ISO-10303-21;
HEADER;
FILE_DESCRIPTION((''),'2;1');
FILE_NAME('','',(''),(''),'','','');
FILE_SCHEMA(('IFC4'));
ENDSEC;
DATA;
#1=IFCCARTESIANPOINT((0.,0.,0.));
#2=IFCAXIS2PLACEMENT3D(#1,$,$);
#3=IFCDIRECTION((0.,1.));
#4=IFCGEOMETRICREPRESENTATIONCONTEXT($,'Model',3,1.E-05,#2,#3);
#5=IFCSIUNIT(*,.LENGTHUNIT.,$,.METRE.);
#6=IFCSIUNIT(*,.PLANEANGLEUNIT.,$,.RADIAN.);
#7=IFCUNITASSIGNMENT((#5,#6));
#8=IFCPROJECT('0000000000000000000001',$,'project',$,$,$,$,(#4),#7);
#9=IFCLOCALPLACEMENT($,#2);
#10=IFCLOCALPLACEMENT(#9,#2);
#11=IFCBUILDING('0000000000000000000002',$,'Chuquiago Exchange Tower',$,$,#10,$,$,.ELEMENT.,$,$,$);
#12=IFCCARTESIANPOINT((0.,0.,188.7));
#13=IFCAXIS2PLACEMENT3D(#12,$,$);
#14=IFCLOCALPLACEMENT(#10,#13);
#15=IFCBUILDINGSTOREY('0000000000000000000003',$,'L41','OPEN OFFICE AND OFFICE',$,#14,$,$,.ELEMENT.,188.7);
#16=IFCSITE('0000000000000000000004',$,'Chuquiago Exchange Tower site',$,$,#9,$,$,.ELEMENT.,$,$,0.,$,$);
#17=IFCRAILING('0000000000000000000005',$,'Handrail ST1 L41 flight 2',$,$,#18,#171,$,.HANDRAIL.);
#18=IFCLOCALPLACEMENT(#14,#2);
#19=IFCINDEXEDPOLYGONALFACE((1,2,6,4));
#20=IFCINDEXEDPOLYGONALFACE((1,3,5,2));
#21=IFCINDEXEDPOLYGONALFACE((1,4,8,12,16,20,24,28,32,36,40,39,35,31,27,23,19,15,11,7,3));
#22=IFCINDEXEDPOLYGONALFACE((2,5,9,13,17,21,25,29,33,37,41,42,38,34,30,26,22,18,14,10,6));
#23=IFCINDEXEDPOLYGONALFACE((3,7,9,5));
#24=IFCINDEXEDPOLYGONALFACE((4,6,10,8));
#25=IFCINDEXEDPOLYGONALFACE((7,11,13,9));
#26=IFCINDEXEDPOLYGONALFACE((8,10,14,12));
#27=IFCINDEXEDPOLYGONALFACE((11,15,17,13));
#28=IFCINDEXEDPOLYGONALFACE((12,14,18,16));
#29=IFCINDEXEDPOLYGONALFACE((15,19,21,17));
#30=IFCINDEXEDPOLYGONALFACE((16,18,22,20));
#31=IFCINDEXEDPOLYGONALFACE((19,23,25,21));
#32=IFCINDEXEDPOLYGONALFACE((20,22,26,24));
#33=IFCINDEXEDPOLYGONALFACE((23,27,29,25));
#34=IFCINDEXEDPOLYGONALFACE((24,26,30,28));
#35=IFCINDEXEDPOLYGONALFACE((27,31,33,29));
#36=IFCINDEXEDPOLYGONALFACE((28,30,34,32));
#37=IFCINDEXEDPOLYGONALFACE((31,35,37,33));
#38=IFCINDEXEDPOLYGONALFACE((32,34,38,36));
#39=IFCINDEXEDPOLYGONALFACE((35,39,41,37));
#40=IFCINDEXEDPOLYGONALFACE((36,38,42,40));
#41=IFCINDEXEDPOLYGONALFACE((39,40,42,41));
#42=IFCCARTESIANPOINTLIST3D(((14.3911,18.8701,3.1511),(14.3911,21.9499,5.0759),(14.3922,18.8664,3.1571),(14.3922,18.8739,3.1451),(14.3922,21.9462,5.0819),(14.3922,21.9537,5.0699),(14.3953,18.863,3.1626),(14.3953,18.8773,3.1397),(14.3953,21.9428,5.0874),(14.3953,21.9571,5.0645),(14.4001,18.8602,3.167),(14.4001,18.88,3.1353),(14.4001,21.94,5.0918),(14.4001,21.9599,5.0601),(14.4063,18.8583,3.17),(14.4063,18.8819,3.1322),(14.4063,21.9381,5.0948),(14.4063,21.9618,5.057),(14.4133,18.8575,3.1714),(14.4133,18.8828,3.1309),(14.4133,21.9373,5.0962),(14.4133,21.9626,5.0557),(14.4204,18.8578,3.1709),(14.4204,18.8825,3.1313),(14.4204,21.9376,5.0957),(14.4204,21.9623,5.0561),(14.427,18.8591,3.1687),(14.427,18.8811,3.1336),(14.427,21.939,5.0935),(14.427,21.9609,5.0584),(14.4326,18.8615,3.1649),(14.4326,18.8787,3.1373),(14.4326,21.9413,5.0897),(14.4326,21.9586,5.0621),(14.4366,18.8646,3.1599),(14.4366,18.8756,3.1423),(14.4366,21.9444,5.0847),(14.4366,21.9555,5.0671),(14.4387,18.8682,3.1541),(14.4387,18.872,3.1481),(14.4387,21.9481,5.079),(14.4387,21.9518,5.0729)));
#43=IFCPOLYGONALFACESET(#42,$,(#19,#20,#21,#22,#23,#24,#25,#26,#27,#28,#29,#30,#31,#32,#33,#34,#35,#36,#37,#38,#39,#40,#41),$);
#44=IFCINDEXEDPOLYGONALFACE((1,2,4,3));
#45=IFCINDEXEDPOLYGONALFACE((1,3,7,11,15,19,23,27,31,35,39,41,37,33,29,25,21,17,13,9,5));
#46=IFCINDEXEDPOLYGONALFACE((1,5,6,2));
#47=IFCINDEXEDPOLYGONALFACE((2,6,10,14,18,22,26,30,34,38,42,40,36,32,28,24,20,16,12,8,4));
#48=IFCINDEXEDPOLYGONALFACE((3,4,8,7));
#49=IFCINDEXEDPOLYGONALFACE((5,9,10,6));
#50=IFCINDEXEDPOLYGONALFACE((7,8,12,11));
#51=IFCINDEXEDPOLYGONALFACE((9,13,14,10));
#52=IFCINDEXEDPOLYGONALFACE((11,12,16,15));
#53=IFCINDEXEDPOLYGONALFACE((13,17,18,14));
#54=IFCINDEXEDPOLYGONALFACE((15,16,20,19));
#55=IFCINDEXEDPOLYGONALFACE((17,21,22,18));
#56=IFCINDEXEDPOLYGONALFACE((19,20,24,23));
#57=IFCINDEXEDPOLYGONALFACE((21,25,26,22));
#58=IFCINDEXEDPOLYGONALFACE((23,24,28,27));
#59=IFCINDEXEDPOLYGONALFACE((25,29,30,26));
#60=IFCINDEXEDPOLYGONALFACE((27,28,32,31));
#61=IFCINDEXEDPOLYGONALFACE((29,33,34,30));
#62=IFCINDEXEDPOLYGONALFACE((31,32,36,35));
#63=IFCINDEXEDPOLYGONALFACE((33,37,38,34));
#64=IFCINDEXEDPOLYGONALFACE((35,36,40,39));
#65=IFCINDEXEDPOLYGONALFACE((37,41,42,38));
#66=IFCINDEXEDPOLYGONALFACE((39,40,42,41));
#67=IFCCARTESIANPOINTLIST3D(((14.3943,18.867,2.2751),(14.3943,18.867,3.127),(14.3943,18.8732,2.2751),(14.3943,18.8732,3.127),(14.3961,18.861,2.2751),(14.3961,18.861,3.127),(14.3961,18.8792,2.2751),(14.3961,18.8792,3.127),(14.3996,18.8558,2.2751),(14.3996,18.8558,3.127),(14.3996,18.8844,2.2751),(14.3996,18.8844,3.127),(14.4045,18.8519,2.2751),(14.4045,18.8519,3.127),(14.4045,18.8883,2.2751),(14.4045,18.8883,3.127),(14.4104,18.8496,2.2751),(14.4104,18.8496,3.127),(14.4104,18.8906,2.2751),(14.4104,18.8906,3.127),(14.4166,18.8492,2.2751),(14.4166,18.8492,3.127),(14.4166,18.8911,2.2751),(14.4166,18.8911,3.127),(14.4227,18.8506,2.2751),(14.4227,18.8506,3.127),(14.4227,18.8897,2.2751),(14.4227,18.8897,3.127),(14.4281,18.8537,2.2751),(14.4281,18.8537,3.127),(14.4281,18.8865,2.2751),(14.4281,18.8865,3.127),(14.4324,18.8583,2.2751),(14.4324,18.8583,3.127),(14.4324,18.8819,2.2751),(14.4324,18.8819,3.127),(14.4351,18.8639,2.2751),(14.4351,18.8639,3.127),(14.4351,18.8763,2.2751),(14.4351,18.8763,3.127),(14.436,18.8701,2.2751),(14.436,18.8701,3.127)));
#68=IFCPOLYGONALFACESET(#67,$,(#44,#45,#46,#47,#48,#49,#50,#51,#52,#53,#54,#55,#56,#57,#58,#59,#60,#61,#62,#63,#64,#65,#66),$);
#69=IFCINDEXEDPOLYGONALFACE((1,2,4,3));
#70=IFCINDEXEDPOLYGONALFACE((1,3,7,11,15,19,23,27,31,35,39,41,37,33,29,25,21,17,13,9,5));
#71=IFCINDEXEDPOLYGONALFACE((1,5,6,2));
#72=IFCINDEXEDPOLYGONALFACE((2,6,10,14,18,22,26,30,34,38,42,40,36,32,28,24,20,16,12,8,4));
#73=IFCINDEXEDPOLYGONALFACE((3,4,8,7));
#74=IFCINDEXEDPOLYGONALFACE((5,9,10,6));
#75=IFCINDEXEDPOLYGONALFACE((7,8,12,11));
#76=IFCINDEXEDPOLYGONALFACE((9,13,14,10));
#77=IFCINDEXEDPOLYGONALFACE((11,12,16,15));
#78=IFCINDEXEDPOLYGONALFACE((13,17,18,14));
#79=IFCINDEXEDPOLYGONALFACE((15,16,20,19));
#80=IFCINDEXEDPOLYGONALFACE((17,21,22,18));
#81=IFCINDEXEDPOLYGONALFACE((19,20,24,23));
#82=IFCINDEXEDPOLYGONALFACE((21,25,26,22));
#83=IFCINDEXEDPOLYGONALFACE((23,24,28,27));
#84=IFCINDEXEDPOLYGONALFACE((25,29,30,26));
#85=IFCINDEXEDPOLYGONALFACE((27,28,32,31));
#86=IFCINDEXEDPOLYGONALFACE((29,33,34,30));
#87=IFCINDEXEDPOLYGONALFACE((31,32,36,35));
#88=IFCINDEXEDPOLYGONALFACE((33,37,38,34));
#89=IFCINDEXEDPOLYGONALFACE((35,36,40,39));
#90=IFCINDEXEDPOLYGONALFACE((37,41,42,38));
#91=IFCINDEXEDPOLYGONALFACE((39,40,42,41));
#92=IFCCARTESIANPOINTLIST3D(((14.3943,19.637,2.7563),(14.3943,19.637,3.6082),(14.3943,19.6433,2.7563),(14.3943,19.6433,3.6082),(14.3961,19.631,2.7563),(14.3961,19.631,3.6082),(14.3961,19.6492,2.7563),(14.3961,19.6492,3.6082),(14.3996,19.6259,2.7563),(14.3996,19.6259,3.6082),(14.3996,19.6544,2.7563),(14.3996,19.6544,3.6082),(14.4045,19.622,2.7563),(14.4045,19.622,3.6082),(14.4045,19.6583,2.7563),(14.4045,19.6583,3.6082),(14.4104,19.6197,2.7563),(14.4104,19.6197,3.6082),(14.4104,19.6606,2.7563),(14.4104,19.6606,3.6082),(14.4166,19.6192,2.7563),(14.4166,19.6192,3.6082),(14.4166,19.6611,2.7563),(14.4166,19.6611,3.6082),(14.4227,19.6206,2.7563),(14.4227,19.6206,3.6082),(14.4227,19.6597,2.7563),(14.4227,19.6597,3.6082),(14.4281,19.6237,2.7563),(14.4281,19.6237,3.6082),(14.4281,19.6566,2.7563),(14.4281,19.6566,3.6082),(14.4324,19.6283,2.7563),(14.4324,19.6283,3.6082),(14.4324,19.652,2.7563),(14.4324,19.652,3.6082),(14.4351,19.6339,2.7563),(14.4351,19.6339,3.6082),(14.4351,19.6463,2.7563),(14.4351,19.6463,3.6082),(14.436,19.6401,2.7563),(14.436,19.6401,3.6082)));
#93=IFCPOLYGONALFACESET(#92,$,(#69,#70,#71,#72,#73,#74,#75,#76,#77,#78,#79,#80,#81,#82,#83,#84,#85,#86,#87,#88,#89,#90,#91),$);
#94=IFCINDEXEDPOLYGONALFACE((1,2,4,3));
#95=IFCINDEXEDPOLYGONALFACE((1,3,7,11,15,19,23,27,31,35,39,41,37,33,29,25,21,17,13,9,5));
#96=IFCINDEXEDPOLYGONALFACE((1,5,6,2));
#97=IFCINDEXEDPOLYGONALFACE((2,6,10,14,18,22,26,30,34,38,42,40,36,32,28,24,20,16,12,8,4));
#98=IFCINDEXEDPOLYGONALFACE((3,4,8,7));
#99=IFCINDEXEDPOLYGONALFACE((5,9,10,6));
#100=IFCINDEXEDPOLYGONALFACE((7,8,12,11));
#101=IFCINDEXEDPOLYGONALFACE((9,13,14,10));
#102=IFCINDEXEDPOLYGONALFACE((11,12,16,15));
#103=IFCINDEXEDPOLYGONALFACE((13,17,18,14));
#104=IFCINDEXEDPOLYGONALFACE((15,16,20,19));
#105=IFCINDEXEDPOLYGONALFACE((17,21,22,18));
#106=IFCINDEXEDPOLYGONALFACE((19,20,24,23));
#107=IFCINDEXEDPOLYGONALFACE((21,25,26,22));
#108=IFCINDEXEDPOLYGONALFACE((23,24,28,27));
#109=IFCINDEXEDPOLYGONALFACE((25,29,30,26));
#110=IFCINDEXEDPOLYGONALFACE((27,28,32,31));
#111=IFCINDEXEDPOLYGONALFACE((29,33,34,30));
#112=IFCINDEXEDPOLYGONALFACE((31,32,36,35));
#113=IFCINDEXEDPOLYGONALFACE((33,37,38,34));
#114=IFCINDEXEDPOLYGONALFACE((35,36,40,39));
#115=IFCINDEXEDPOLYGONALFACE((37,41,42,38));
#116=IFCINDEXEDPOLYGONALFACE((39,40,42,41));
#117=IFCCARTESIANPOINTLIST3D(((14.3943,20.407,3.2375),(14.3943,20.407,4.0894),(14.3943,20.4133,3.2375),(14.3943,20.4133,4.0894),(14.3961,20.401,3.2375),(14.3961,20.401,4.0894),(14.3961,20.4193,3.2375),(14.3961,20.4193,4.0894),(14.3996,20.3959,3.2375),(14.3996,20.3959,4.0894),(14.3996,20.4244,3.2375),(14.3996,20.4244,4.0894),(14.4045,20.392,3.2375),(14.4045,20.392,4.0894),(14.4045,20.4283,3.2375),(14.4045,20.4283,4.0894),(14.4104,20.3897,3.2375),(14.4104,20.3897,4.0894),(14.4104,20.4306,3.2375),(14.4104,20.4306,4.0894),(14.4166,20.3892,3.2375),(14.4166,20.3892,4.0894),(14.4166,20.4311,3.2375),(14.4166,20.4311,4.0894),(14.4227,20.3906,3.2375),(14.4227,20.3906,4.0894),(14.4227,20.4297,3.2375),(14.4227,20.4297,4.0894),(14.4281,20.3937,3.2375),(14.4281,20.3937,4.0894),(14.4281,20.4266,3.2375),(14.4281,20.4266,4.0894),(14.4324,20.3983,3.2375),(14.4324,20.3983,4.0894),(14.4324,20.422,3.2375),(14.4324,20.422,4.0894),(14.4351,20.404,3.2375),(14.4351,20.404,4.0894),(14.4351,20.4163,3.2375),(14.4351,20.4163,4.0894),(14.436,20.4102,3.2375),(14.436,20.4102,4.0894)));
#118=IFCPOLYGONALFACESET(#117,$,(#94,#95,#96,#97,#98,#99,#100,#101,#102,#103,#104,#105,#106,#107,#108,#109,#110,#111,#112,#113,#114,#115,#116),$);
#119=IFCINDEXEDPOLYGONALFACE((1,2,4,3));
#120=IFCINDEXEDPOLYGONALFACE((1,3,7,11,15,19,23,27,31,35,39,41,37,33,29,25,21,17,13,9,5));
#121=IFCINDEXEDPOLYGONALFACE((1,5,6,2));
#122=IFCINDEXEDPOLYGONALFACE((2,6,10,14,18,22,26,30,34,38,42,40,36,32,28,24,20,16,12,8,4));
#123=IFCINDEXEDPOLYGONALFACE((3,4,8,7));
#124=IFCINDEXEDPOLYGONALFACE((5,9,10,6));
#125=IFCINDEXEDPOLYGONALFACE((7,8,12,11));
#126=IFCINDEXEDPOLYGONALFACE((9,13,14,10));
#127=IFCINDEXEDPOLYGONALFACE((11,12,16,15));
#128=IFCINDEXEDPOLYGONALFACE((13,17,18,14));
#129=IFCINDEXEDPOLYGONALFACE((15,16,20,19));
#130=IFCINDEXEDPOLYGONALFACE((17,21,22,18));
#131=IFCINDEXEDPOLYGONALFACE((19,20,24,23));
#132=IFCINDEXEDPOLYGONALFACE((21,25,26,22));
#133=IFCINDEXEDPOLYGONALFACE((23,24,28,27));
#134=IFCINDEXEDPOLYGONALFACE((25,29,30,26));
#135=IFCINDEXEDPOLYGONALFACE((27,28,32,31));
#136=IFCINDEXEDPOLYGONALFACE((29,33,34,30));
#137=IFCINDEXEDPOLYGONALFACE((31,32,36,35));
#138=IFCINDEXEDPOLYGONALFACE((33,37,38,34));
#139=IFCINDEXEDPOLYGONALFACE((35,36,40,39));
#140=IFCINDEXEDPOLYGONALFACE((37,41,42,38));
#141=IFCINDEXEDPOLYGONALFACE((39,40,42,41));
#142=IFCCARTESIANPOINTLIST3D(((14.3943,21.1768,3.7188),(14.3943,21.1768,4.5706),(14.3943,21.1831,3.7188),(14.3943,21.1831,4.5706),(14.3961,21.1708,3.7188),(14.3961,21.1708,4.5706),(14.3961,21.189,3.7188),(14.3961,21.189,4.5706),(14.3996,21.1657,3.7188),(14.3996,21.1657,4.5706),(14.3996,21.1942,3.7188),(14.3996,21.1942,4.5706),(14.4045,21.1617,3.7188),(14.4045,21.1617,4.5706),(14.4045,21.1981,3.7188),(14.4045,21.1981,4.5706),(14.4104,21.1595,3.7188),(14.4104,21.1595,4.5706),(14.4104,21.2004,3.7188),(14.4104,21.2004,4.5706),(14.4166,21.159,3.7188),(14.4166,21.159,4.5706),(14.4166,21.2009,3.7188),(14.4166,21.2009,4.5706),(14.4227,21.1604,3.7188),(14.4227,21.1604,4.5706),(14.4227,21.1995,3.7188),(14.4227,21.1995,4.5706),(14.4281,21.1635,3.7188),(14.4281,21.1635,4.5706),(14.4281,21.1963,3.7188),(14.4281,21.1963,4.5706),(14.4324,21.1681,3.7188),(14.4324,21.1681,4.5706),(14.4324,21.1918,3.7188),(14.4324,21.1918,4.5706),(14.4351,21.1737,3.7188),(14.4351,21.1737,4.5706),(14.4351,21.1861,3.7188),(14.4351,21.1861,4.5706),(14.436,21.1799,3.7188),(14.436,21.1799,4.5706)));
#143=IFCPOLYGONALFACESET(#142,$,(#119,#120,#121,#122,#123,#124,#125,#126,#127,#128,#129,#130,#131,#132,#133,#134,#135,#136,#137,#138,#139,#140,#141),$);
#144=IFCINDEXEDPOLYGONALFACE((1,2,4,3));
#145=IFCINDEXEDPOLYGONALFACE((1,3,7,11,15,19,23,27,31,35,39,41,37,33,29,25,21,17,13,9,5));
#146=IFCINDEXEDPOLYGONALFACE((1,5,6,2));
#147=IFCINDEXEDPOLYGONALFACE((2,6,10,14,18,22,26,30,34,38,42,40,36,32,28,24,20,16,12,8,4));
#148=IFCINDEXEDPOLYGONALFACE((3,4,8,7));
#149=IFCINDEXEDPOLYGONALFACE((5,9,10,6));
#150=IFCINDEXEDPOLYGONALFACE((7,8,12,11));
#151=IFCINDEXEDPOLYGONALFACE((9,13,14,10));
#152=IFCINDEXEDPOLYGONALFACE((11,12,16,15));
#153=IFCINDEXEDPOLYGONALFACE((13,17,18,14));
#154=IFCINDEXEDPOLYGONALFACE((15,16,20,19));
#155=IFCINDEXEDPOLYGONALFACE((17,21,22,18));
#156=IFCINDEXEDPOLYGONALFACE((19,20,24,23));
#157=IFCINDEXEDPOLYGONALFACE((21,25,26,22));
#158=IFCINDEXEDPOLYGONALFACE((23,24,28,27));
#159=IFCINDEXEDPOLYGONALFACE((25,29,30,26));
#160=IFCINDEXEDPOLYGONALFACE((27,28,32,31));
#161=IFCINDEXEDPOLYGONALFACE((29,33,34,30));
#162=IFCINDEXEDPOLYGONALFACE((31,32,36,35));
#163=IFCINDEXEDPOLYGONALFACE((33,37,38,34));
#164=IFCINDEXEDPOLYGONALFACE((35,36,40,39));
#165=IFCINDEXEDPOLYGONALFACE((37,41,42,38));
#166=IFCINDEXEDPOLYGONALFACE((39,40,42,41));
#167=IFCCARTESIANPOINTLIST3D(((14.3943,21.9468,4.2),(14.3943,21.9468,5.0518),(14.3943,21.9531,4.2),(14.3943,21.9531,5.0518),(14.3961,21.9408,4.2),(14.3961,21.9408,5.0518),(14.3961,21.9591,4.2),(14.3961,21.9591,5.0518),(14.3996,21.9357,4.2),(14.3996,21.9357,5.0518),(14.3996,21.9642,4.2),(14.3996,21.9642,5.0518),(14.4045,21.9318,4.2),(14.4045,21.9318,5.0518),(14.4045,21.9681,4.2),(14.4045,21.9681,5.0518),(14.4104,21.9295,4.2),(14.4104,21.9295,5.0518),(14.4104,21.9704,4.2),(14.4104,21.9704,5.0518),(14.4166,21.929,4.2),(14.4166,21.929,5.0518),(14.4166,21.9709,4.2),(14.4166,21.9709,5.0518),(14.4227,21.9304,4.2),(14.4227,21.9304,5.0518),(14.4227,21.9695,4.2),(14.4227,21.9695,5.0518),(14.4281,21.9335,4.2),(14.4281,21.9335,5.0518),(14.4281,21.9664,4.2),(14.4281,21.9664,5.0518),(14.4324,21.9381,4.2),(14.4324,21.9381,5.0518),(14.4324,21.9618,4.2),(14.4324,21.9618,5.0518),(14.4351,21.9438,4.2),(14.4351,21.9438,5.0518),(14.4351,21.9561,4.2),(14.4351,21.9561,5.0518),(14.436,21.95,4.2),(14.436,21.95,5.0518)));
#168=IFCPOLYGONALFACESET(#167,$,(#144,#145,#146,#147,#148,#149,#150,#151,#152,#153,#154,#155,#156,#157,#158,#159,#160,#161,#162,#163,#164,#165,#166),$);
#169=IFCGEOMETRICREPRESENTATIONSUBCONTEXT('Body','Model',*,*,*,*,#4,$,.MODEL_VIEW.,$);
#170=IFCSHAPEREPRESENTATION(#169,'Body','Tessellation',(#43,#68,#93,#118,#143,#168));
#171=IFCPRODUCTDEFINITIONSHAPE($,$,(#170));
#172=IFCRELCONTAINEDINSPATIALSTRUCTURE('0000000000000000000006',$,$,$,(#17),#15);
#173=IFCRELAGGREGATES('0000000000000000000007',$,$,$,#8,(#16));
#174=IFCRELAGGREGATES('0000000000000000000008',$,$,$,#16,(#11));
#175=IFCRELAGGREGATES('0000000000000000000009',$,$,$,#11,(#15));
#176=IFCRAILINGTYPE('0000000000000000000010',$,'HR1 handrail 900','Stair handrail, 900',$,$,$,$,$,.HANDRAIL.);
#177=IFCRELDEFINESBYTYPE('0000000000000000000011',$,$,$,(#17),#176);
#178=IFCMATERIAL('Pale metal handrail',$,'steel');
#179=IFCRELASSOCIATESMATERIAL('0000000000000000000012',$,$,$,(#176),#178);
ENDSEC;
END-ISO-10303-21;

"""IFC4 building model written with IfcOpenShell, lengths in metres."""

from ifc_helpers import new_model, si_unit, direction, frame, origin, origin_2d, place, context, subcontext, project, spatial, circle, extrude, material, type_object, element, save


model = new_model("IFC4")

# Units and contexts
model_context = context("Model", 3, precision=1e-05, world=origin(), true_north=direction((0.0, 1.0)))
body_context = subcontext(model_context, "Body", "Model", "MODEL_VIEW")
ifc_project = project(units=[si_unit("LENGTHUNIT", "METRE"), si_unit("PLANEANGLEUNIT", "RADIAN")], contexts=[model_context])

# Site, building, storey
site_placement = place(None, origin())
site = spatial("IfcSite", under=ifc_project, at=site_placement, Name="Chuquiago Exchange Tower site", CompositionType="ELEMENT", RefElevation=0.0)
building_placement = place(site_placement, origin())
building = spatial("IfcBuilding", under=site, at=building_placement, Name="Chuquiago Exchange Tower", CompositionType="ELEMENT")
storey_placement = place(building_placement, frame((0.0, 0.0, 188.7)))
storey = spatial("IfcBuildingStorey", under=building, at=storey_placement, Name="L41", Description="OPEN OFFICE AND OFFICE", CompositionType="ELEMENT", Elevation=188.7)

# Railing
ifc_material_1 = material(Name="Pale metal handrail", Category="steel")
railing_type_1 = type_object("IfcRailingType", Name="HR1 handrail 900", Description="Stair handrail, 900", PredefinedType="HANDRAIL", material=ifc_material_1)
for number, where, name in (
    (1, (14.415, 18.8701, 2.2751), "Handrail ST1 L41 flight 2"),
):
    element("IfcRailing", number, at=place(storey_placement, frame(where)), inside=storey, type_object=railing_type_1, Name=name, PredefinedType="HANDRAIL", context=body_context, shape_type="SweptSolid", body=[
        extrude(circle(Radius=0.0239, at=origin_2d()), frame((0.0, 0.0, 0.876), z_axis=(0.0, 0.84801, 0.529981), x_axis=(-1.0, 0.0, 0.0)), (0.0, 0.0, 1.0), 3.6318),
        extrude(circle(Radius=0.021, at=origin_2d()), origin(), (0.0, 0.0, 1.0), 0.8518),
        extrude(circle(Radius=0.021, at=origin_2d()), frame((0.0, 0.77, 0.4812)), (0.0, 0.0, 1.0), 0.8518),
        extrude(circle(Radius=0.021, at=origin_2d()), frame((0.0, 1.54, 0.9624)), (0.0, 0.0, 1.0), 0.8518),
        extrude(circle(Radius=0.021, at=origin_2d()), frame((0.0, 2.3098, 1.4436)), (0.0, 0.0, 1.0), 0.8518),
        extrude(circle(Radius=0.021, at=origin_2d()), frame((0.0, 3.0798, 1.9248)), (0.0, 0.0, 1.0), 0.8518),
    ])

save(model, "model.ifc")
